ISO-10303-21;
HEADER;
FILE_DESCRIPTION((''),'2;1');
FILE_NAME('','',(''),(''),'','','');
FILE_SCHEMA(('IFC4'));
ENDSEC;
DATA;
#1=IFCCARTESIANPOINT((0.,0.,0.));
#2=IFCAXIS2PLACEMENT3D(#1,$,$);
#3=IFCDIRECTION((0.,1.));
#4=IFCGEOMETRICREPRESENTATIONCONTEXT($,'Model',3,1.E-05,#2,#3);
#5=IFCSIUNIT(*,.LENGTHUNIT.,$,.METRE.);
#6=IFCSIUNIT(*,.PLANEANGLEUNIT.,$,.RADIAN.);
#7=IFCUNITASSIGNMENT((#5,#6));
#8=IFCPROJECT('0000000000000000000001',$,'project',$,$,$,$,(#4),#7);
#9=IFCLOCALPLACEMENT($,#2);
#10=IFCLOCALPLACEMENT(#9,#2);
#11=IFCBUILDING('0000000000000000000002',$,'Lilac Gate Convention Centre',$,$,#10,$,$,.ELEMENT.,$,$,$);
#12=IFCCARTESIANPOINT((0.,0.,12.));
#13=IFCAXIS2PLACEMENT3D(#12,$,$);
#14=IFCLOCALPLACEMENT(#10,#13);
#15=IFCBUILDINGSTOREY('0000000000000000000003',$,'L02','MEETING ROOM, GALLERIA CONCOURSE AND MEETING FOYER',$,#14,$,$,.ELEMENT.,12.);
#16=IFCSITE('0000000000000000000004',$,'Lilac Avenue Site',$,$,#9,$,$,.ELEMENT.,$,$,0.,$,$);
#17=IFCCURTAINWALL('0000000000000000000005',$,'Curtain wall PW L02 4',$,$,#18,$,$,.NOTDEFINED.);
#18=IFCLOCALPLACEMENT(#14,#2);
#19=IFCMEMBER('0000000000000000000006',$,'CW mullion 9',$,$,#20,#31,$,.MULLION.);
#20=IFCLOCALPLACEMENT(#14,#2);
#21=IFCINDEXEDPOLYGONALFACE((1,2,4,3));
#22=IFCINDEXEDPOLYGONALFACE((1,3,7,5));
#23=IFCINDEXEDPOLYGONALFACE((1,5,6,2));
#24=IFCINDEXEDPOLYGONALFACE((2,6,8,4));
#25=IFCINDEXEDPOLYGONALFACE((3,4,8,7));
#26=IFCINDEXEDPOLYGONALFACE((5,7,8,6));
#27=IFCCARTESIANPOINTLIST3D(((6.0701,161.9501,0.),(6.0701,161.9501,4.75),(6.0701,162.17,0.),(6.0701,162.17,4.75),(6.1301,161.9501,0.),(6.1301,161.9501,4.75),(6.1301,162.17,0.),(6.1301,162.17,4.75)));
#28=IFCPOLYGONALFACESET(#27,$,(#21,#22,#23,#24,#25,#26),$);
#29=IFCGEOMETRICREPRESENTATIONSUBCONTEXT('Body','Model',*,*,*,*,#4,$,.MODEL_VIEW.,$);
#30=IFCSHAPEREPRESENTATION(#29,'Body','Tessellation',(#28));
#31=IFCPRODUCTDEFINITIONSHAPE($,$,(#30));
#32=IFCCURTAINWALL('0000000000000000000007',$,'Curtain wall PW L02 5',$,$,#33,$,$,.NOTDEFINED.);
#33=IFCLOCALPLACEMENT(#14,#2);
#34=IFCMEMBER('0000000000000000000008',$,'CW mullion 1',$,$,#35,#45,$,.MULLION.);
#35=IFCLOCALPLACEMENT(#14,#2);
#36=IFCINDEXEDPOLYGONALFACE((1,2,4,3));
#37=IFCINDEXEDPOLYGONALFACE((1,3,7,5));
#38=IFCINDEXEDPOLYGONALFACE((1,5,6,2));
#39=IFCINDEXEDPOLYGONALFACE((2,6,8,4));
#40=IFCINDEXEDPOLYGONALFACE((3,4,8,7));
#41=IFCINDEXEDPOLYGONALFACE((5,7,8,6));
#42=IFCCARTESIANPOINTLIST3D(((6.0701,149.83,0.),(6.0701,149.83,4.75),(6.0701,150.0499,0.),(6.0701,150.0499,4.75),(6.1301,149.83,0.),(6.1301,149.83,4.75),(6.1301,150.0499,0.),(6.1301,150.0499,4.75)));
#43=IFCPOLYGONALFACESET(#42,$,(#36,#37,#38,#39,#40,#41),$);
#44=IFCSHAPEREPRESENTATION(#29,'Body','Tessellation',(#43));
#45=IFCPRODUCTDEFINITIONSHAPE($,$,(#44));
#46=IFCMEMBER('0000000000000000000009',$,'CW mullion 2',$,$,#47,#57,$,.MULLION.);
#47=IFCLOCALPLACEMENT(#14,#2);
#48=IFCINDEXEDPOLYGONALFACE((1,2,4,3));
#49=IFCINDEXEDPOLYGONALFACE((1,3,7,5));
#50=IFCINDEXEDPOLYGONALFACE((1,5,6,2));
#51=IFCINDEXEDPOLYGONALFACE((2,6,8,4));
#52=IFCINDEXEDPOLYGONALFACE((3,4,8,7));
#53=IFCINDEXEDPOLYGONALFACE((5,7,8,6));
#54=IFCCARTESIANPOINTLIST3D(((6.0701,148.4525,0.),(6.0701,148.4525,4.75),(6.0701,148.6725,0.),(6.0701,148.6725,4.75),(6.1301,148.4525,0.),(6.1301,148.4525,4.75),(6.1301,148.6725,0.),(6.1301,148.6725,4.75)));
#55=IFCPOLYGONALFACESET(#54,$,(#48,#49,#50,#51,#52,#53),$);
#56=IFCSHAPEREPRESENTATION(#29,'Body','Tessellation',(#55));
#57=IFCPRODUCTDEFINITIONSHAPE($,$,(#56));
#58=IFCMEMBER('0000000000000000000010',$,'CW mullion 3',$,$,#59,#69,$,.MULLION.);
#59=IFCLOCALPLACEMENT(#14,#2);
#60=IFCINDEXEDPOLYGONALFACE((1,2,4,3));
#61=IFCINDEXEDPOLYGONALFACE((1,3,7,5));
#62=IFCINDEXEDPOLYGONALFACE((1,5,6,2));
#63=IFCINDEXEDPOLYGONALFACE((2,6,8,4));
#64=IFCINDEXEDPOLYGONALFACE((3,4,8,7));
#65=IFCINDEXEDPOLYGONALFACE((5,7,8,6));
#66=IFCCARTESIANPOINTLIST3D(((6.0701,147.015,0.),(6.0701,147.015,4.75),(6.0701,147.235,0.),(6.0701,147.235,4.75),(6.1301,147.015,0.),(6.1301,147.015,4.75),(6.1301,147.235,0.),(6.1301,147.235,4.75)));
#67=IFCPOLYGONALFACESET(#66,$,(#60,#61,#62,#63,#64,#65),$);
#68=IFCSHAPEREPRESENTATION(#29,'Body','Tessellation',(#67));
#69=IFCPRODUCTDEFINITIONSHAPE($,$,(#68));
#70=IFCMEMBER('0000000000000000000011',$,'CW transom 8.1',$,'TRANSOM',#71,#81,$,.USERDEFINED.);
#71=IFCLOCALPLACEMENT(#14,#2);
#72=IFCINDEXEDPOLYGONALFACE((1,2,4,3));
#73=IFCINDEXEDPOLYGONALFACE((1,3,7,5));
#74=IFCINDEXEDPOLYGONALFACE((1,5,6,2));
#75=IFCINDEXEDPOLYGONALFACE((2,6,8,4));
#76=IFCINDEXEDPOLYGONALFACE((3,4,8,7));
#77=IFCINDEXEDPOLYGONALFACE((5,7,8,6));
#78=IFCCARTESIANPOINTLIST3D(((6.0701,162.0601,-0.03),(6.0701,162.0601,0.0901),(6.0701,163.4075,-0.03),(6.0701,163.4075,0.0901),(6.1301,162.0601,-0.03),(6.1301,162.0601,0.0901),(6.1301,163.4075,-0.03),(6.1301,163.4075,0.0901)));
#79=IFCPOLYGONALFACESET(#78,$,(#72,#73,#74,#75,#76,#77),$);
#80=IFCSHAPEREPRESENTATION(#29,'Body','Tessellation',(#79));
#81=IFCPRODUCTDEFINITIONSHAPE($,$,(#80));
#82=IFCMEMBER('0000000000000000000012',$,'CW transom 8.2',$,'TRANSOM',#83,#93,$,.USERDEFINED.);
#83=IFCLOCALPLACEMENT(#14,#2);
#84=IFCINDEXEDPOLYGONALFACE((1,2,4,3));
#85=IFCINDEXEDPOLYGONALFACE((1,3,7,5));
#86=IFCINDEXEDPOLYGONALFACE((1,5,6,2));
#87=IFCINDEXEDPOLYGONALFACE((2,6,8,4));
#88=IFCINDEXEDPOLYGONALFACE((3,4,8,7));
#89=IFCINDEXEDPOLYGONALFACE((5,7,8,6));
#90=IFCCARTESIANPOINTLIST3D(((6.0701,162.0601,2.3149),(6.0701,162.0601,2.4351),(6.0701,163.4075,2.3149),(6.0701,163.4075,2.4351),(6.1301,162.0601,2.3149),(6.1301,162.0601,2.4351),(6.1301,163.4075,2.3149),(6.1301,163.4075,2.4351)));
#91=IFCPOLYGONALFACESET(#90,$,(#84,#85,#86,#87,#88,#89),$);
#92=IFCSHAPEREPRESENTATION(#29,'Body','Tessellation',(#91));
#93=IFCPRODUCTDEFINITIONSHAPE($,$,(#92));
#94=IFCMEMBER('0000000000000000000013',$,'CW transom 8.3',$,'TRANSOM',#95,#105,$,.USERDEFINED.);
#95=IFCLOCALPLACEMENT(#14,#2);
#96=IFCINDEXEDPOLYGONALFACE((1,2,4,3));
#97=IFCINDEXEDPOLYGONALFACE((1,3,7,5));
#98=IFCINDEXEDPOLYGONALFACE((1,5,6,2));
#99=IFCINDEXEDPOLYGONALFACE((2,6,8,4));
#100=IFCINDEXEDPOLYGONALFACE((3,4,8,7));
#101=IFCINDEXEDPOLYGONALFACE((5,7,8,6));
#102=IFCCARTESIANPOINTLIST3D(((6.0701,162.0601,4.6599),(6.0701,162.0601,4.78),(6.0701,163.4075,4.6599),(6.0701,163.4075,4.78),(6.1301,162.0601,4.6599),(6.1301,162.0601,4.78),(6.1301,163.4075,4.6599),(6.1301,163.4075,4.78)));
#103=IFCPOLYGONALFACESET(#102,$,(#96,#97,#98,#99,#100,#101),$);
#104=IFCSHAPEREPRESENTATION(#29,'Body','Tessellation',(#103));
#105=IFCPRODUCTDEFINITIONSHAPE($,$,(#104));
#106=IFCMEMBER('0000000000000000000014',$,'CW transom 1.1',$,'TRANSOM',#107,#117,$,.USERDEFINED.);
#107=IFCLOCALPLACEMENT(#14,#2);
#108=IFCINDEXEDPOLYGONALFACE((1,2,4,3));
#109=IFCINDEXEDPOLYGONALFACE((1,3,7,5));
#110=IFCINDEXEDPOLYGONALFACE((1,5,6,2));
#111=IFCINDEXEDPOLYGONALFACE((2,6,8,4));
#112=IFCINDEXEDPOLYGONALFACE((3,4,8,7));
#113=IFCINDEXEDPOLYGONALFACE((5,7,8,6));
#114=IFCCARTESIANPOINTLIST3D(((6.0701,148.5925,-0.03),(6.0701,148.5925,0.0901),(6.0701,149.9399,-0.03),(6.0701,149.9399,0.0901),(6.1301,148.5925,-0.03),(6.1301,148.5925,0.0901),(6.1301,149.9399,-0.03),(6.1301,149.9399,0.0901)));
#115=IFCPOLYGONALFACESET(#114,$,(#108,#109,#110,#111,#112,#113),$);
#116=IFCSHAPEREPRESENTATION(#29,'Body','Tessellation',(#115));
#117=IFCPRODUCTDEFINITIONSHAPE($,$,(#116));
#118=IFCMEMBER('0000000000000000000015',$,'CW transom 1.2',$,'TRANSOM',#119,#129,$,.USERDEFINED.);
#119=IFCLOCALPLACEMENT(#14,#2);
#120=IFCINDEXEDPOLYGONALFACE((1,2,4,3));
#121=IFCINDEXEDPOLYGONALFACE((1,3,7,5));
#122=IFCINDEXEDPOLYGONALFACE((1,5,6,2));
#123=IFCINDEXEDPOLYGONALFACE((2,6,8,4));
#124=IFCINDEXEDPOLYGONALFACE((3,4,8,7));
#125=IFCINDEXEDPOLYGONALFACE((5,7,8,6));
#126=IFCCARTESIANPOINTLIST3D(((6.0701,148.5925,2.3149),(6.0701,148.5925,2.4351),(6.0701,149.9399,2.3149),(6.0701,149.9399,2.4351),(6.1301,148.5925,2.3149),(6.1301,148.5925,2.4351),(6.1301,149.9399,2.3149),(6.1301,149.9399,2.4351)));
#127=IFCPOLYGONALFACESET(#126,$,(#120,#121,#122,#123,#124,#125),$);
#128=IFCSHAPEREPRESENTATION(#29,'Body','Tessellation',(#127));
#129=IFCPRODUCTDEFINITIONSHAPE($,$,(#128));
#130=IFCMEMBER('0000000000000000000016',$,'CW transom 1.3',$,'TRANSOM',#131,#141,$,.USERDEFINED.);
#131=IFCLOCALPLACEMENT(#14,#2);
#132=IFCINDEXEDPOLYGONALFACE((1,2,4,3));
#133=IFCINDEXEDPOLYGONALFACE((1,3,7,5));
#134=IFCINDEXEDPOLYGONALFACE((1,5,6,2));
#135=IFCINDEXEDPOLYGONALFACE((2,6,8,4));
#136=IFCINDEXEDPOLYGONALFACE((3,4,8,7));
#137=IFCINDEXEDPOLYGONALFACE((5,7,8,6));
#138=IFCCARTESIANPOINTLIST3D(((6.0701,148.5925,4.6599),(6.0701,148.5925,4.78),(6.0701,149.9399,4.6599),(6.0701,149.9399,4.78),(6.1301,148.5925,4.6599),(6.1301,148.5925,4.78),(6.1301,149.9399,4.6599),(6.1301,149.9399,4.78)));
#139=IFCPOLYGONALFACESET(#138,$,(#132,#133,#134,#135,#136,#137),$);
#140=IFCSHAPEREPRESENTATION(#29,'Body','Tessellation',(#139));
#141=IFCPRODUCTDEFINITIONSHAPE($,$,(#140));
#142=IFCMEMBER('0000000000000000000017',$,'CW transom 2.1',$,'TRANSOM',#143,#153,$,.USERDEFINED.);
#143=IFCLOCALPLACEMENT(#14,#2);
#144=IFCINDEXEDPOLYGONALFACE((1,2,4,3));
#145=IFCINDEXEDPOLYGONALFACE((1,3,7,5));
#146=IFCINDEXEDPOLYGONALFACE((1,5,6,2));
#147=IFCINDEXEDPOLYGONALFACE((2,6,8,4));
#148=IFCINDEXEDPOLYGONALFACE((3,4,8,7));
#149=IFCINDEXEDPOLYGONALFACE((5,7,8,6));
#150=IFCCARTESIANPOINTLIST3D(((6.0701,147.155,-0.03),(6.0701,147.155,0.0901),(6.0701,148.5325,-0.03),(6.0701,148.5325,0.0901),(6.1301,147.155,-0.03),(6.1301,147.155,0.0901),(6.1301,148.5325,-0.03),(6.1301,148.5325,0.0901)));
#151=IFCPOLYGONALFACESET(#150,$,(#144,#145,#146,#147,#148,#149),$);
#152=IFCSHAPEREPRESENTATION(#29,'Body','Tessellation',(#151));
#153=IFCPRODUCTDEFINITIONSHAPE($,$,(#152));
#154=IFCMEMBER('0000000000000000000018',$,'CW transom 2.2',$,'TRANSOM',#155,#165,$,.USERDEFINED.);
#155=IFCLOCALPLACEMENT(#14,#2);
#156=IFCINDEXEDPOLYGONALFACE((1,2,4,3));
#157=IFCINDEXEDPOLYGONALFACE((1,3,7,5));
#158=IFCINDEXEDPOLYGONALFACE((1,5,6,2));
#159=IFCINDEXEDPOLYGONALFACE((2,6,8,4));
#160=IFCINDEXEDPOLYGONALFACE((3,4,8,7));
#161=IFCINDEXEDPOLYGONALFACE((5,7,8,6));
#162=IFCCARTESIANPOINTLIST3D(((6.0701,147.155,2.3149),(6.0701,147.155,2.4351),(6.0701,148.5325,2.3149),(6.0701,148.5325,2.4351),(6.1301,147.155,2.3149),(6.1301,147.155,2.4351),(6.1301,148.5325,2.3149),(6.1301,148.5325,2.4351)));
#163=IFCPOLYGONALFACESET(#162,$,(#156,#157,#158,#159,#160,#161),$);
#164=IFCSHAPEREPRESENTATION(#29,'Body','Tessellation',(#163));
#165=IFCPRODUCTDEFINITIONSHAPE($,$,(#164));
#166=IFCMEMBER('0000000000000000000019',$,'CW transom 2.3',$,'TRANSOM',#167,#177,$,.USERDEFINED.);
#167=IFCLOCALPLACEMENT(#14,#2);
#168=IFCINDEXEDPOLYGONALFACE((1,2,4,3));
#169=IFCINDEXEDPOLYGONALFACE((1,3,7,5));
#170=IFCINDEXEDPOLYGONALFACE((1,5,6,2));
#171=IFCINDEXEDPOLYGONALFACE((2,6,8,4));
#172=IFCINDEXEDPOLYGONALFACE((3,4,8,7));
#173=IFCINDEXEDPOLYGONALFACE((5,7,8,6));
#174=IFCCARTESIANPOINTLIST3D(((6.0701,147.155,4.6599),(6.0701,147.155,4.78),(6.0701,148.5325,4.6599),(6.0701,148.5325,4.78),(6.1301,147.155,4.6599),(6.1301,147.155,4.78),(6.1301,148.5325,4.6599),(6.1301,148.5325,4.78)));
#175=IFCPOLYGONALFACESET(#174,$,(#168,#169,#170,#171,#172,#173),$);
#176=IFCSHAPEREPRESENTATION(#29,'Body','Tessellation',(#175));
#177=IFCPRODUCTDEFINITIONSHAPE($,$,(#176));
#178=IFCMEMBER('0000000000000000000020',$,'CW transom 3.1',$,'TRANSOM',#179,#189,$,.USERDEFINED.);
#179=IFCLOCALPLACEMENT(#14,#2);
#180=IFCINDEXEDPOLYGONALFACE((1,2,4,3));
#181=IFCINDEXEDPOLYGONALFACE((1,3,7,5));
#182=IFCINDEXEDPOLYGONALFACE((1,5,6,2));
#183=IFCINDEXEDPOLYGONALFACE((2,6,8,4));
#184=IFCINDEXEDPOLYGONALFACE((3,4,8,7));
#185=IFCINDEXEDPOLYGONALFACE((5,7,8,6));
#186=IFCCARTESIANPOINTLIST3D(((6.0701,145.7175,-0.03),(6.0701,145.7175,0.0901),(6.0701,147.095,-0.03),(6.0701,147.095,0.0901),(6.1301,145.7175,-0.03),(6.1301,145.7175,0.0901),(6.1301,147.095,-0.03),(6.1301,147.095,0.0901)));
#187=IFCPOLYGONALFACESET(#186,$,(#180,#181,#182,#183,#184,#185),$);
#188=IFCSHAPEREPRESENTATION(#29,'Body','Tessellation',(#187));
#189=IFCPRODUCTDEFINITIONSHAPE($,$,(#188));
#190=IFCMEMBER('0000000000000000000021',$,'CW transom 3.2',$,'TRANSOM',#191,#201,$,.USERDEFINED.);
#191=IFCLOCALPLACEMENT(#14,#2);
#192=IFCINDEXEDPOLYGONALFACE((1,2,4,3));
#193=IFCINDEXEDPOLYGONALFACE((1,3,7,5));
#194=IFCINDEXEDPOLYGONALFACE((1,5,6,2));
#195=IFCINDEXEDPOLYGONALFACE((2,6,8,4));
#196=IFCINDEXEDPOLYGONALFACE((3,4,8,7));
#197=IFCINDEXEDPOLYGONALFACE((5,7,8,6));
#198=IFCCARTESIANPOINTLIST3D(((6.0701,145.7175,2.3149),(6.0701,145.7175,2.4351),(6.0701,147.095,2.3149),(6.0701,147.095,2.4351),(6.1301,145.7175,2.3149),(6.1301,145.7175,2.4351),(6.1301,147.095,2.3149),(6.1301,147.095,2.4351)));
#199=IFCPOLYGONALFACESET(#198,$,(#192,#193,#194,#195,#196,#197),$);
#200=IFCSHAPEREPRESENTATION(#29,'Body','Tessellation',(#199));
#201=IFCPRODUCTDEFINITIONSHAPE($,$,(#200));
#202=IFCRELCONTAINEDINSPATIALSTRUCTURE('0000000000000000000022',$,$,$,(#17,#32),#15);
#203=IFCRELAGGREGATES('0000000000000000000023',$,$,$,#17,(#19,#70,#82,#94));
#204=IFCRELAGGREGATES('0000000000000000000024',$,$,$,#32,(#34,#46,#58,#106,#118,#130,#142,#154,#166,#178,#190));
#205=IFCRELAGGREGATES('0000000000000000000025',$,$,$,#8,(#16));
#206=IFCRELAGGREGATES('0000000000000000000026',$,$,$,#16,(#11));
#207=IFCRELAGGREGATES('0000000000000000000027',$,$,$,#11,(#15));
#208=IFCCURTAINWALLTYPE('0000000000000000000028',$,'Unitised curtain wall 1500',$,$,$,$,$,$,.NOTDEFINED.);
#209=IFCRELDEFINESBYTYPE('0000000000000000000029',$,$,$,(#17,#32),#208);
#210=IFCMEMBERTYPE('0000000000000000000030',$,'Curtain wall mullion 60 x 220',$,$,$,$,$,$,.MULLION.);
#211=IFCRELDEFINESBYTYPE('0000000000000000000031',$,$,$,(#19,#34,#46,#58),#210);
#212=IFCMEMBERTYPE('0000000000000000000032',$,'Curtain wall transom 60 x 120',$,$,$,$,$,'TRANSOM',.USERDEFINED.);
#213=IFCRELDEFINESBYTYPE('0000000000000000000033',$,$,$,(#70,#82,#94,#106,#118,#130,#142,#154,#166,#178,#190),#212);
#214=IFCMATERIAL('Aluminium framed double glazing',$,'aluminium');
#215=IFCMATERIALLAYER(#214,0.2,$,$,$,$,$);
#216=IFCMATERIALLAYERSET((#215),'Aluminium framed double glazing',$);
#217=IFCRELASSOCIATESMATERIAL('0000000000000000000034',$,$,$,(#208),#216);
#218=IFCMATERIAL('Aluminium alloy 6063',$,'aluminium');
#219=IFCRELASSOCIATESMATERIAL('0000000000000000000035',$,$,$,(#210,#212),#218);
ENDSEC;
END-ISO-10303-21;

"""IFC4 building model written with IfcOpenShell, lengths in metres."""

from ifc_helpers import new_model, si_unit, direction, frame, origin, origin_2d, place, context, subcontext, project, spatial, rectangle, extrude, material, layer, layer_set, material_profile, profile_set, type_object, element, aggregate, save


model = new_model("IFC4")

# Units and contexts
model_context = context("Model", 3, precision=1e-05, world=origin(), true_north=direction((0.0, 1.0)))
body_context = subcontext(model_context, "Body", "Model", "MODEL_VIEW")
ifc_project = project(units=[si_unit("LENGTHUNIT", "METRE"), si_unit("PLANEANGLEUNIT", "RADIAN")], contexts=[model_context])

# Site, building, storey
site_placement = place(None, origin())
site = spatial("IfcSite", under=ifc_project, at=site_placement, Name="Lilac Avenue Site", CompositionType="ELEMENT", RefElevation=0.0)
building_placement = place(site_placement, origin())
building = spatial("IfcBuilding", under=site, at=building_placement, Name="Lilac Gate Convention Centre", CompositionType="ELEMENT")
storey_placement = place(building_placement, frame((0.0, 0.0, 12.0)))
storey = spatial("IfcBuildingStorey", under=building, at=storey_placement, Name="L02", Description="MEETING ROOM, GALLERIA CONCOURSE AND MEETING FOYER", CompositionType="ELEMENT", Elevation=12.0)

# Curtain wall, member
ifc_material_1 = material(Name="Aluminium framed double glazing", Category="aluminium")
ifc_layer_1 = layer(ifc_material_1, 0.2)
ifc_layer_set_1 = layer_set([ifc_layer_1], Name="Aluminium framed double glazing")
curtain_wall_type = type_object("IfcCurtainWallType", Name="Unitised curtain wall 1500", PredefinedType="NOTDEFINED", material=ifc_layer_set_1)
curtain_wall_1_placement = place(storey_placement, origin())
curtain_wall_1 = element("IfcCurtainWall", 1, at=curtain_wall_1_placement, inside=storey, type_object=curtain_wall_type, Name="Curtain wall PW L02 4", PredefinedType="NOTDEFINED")
ifc_material_2 = material(Name="Aluminium alloy 6063", Category="aluminium")
ifc_material_profile_1 = material_profile(ifc_material_2, rectangle(XDim=0.0601, YDim=0.22, at=origin_2d()), Name="Curtain wall mullion 60 x 220")
ifc_profile_set_1 = profile_set([ifc_material_profile_1], Name="Aluminium alloy 6063")
member_type_1 = type_object("IfcMemberType", Name="Curtain wall mullion 60 x 220", PredefinedType="MULLION", material=ifc_profile_set_1)
member_1_placement = place(storey_placement, frame((6.1001, 162.0601, 0.0), z_axis=(0.0, 0.0, 1.0), x_axis=(1.0, 0.0, 0.0)))
member_1 = element("IfcMember", 2, at=member_1_placement, type_object=member_type_1, Name="CW mullion 9", PredefinedType="MULLION", context=body_context, shape_type="SweptSolid", body=[
    extrude(rectangle(XDim=0.0601, YDim=0.22, at=origin_2d()), origin(), (0.0, 0.0, 1.0), 4.75),
])

# Curtain wall, members
curtain_wall_2_placement = place(storey_placement, origin())
curtain_wall_2 = element("IfcCurtainWall", 3, at=curtain_wall_2_placement, inside=storey, type_object=curtain_wall_type, Name="Curtain wall PW L02 5", PredefinedType="NOTDEFINED")
member_2_placement = place(storey_placement, frame((6.1001, 149.9399, 0.0), z_axis=(0.0, 0.0, 1.0), x_axis=(1.0, 0.0, 0.0)))
member_2 = element("IfcMember", 4, at=member_2_placement, type_object=member_type_1, Name="CW mullion 1", PredefinedType="MULLION", context=body_context, shape_type="SweptSolid", body=[
    extrude(rectangle(XDim=0.0601, YDim=0.22, at=origin_2d()), origin(), (0.0, 0.0, 1.0), 4.75),
])
member_3_placement = place(storey_placement, frame((6.1001, 148.5625, 0.0), z_axis=(0.0, 0.0, 1.0), x_axis=(1.0, 0.0, 0.0)))
member_3 = element("IfcMember", 5, at=member_3_placement, type_object=member_type_1, Name="CW mullion 2", PredefinedType="MULLION", context=body_context, shape_type="SweptSolid", body=[
    extrude(rectangle(XDim=0.0601, YDim=0.22, at=origin_2d()), origin(), (0.0, 0.0, 1.0), 4.75),
])
member_4_placement = place(storey_placement, frame((6.1001, 147.125, 0.0), z_axis=(0.0, 0.0, 1.0), x_axis=(1.0, 0.0, 0.0)))
member_4 = element("IfcMember", 6, at=member_4_placement, type_object=member_type_1, Name="CW mullion 3", PredefinedType="MULLION", context=body_context, shape_type="SweptSolid", body=[
    extrude(rectangle(XDim=0.0601, YDim=0.22, at=origin_2d()), origin(), (0.0, 0.0, 1.0), 4.75),
])

# Members
ifc_material_profile_2 = material_profile(ifc_material_2, rectangle(XDim=0.0601, YDim=0.1201, at=origin_2d()), Name="Curtain wall transom 60 x 120")
ifc_profile_set_2 = profile_set([ifc_material_profile_2], Name="Aluminium alloy 6063")
member_type_2 = type_object("IfcMemberType", Name="Curtain wall transom 60 x 120", ElementType="TRANSOM", PredefinedType="USERDEFINED", material=ifc_profile_set_2)
member_5_placement = place(storey_placement, frame((6.1001, 163.4075, 0.03), z_axis=(0.0, -1.0, 0.0), x_axis=(1.0, 0.0, 0.0)))
member_5 = element("IfcMember", 7, at=member_5_placement, type_object=member_type_2, Name="CW transom 8.1", ObjectType="TRANSOM", PredefinedType="USERDEFINED", context=body_context, shape_type="SweptSolid", body=[
    extrude(rectangle(XDim=0.0601, YDim=0.1201, at=origin_2d()), origin(), (0.0, 0.0, 1.0), 1.3474),
])
member_6_placement = place(storey_placement, frame((6.1001, 163.4075, 2.375), z_axis=(0.0, -1.0, 0.0), x_axis=(1.0, 0.0, 0.0)))
member_6 = element("IfcMember", 8, at=member_6_placement, type_object=member_type_2, Name="CW transom 8.2", ObjectType="TRANSOM", PredefinedType="USERDEFINED", context=body_context, shape_type="SweptSolid", body=[
    extrude(rectangle(XDim=0.0601, YDim=0.1201, at=origin_2d()), origin(), (0.0, 0.0, 1.0), 1.3474),
])
member_7_placement = place(storey_placement, frame((6.1001, 163.4075, 4.72), z_axis=(0.0, -1.0, 0.0), x_axis=(1.0, 0.0, 0.0)))
member_7 = element("IfcMember", 9, at=member_7_placement, type_object=member_type_2, Name="CW transom 8.3", ObjectType="TRANSOM", PredefinedType="USERDEFINED", context=body_context, shape_type="SweptSolid", body=[
    extrude(rectangle(XDim=0.0601, YDim=0.1201, at=origin_2d()), origin(), (0.0, 0.0, 1.0), 1.3474),
])
member_8_placement = place(storey_placement, frame((6.1001, 149.9399, 0.03), z_axis=(0.0, -1.0, 0.0), x_axis=(1.0, 0.0, 0.0)))
member_8 = element("IfcMember", 10, at=member_8_placement, type_object=member_type_2, Name="CW transom 1.1", ObjectType="TRANSOM", PredefinedType="USERDEFINED", context=body_context, shape_type="SweptSolid", body=[
    extrude(rectangle(XDim=0.0601, YDim=0.1201, at=origin_2d()), origin(), (0.0, 0.0, 1.0), 1.3474),
])
member_9_placement = place(storey_placement, frame((6.1001, 149.9399, 2.375), z_axis=(0.0, -1.0, 0.0), x_axis=(1.0, 0.0, 0.0)))
member_9 = element("IfcMember", 11, at=member_9_placement, type_object=member_type_2, Name="CW transom 1.2", ObjectType="TRANSOM", PredefinedType="USERDEFINED", context=body_context, shape_type="SweptSolid", body=[
    extrude(rectangle(XDim=0.0601, YDim=0.1201, at=origin_2d()), origin(), (0.0, 0.0, 1.0), 1.3474),
])
member_10_placement = place(storey_placement, frame((6.1001, 149.9399, 4.72), z_axis=(0.0, -1.0, 0.0), x_axis=(1.0, 0.0, 0.0)))
member_10 = element("IfcMember", 12, at=member_10_placement, type_object=member_type_2, Name="CW transom 1.3", ObjectType="TRANSOM", PredefinedType="USERDEFINED", context=body_context, shape_type="SweptSolid", body=[
    extrude(rectangle(XDim=0.0601, YDim=0.1201, at=origin_2d()), origin(), (0.0, 0.0, 1.0), 1.3474),
])
member_11_placement = place(storey_placement, frame((6.1001, 148.5325, 0.03), z_axis=(0.0, -1.0, 0.0), x_axis=(1.0, 0.0, 0.0)))
member_11 = element("IfcMember", 13, at=member_11_placement, type_object=member_type_2, Name="CW transom 2.1", ObjectType="TRANSOM", PredefinedType="USERDEFINED", context=body_context, shape_type="SweptSolid", body=[
    extrude(rectangle(XDim=0.0601, YDim=0.1201, at=origin_2d()), origin(), (0.0, 0.0, 1.0), 1.3774),
])
member_12_placement = place(storey_placement, frame((6.1001, 148.5325, 2.375), z_axis=(0.0, -1.0, 0.0), x_axis=(1.0, 0.0, 0.0)))
member_12 = element("IfcMember", 14, at=member_12_placement, type_object=member_type_2, Name="CW transom 2.2", ObjectType="TRANSOM", PredefinedType="USERDEFINED", context=body_context, shape_type="SweptSolid", body=[
    extrude(rectangle(XDim=0.0601, YDim=0.1201, at=origin_2d()), origin(), (0.0, 0.0, 1.0), 1.3774),
])
member_13_placement = place(storey_placement, frame((6.1001, 148.5325, 4.72), z_axis=(0.0, -1.0, 0.0), x_axis=(1.0, 0.0, 0.0)))
member_13 = element("IfcMember", 15, at=member_13_placement, type_object=member_type_2, Name="CW transom 2.3", ObjectType="TRANSOM", PredefinedType="USERDEFINED", context=body_context, shape_type="SweptSolid", body=[
    extrude(rectangle(XDim=0.0601, YDim=0.1201, at=origin_2d()), origin(), (0.0, 0.0, 1.0), 1.3774),
])
member_14_placement = place(storey_placement, frame((6.1001, 147.095, 0.03), z_axis=(0.0, -1.0, 0.0), x_axis=(1.0, 0.0, 0.0)))
member_14 = element("IfcMember", 16, at=member_14_placement, type_object=member_type_2, Name="CW transom 3.1", ObjectType="TRANSOM", PredefinedType="USERDEFINED", context=body_context, shape_type="SweptSolid", body=[
    extrude(rectangle(XDim=0.0601, YDim=0.1201, at=origin_2d()), origin(), (0.0, 0.0, 1.0), 1.3774),
])
member_15_placement = place(storey_placement, frame((6.1001, 147.095, 2.375), z_axis=(0.0, -1.0, 0.0), x_axis=(1.0, 0.0, 0.0)))
member_15 = element("IfcMember", 17, at=member_15_placement, type_object=member_type_2, Name="CW transom 3.2", ObjectType="TRANSOM", PredefinedType="USERDEFINED", context=body_context, shape_type="SweptSolid", body=[
    extrude(rectangle(XDim=0.0601, YDim=0.1201, at=origin_2d()), origin(), (0.0, 0.0, 1.0), 1.3774),
])

aggregate(curtain_wall_1, [member_1, member_5, member_6, member_7])
aggregate(curtain_wall_2, [member_2, member_3, member_4, member_8, member_9, member_10, member_11, member_12, member_13, member_14, member_15])

save(model, "model.ifc")
